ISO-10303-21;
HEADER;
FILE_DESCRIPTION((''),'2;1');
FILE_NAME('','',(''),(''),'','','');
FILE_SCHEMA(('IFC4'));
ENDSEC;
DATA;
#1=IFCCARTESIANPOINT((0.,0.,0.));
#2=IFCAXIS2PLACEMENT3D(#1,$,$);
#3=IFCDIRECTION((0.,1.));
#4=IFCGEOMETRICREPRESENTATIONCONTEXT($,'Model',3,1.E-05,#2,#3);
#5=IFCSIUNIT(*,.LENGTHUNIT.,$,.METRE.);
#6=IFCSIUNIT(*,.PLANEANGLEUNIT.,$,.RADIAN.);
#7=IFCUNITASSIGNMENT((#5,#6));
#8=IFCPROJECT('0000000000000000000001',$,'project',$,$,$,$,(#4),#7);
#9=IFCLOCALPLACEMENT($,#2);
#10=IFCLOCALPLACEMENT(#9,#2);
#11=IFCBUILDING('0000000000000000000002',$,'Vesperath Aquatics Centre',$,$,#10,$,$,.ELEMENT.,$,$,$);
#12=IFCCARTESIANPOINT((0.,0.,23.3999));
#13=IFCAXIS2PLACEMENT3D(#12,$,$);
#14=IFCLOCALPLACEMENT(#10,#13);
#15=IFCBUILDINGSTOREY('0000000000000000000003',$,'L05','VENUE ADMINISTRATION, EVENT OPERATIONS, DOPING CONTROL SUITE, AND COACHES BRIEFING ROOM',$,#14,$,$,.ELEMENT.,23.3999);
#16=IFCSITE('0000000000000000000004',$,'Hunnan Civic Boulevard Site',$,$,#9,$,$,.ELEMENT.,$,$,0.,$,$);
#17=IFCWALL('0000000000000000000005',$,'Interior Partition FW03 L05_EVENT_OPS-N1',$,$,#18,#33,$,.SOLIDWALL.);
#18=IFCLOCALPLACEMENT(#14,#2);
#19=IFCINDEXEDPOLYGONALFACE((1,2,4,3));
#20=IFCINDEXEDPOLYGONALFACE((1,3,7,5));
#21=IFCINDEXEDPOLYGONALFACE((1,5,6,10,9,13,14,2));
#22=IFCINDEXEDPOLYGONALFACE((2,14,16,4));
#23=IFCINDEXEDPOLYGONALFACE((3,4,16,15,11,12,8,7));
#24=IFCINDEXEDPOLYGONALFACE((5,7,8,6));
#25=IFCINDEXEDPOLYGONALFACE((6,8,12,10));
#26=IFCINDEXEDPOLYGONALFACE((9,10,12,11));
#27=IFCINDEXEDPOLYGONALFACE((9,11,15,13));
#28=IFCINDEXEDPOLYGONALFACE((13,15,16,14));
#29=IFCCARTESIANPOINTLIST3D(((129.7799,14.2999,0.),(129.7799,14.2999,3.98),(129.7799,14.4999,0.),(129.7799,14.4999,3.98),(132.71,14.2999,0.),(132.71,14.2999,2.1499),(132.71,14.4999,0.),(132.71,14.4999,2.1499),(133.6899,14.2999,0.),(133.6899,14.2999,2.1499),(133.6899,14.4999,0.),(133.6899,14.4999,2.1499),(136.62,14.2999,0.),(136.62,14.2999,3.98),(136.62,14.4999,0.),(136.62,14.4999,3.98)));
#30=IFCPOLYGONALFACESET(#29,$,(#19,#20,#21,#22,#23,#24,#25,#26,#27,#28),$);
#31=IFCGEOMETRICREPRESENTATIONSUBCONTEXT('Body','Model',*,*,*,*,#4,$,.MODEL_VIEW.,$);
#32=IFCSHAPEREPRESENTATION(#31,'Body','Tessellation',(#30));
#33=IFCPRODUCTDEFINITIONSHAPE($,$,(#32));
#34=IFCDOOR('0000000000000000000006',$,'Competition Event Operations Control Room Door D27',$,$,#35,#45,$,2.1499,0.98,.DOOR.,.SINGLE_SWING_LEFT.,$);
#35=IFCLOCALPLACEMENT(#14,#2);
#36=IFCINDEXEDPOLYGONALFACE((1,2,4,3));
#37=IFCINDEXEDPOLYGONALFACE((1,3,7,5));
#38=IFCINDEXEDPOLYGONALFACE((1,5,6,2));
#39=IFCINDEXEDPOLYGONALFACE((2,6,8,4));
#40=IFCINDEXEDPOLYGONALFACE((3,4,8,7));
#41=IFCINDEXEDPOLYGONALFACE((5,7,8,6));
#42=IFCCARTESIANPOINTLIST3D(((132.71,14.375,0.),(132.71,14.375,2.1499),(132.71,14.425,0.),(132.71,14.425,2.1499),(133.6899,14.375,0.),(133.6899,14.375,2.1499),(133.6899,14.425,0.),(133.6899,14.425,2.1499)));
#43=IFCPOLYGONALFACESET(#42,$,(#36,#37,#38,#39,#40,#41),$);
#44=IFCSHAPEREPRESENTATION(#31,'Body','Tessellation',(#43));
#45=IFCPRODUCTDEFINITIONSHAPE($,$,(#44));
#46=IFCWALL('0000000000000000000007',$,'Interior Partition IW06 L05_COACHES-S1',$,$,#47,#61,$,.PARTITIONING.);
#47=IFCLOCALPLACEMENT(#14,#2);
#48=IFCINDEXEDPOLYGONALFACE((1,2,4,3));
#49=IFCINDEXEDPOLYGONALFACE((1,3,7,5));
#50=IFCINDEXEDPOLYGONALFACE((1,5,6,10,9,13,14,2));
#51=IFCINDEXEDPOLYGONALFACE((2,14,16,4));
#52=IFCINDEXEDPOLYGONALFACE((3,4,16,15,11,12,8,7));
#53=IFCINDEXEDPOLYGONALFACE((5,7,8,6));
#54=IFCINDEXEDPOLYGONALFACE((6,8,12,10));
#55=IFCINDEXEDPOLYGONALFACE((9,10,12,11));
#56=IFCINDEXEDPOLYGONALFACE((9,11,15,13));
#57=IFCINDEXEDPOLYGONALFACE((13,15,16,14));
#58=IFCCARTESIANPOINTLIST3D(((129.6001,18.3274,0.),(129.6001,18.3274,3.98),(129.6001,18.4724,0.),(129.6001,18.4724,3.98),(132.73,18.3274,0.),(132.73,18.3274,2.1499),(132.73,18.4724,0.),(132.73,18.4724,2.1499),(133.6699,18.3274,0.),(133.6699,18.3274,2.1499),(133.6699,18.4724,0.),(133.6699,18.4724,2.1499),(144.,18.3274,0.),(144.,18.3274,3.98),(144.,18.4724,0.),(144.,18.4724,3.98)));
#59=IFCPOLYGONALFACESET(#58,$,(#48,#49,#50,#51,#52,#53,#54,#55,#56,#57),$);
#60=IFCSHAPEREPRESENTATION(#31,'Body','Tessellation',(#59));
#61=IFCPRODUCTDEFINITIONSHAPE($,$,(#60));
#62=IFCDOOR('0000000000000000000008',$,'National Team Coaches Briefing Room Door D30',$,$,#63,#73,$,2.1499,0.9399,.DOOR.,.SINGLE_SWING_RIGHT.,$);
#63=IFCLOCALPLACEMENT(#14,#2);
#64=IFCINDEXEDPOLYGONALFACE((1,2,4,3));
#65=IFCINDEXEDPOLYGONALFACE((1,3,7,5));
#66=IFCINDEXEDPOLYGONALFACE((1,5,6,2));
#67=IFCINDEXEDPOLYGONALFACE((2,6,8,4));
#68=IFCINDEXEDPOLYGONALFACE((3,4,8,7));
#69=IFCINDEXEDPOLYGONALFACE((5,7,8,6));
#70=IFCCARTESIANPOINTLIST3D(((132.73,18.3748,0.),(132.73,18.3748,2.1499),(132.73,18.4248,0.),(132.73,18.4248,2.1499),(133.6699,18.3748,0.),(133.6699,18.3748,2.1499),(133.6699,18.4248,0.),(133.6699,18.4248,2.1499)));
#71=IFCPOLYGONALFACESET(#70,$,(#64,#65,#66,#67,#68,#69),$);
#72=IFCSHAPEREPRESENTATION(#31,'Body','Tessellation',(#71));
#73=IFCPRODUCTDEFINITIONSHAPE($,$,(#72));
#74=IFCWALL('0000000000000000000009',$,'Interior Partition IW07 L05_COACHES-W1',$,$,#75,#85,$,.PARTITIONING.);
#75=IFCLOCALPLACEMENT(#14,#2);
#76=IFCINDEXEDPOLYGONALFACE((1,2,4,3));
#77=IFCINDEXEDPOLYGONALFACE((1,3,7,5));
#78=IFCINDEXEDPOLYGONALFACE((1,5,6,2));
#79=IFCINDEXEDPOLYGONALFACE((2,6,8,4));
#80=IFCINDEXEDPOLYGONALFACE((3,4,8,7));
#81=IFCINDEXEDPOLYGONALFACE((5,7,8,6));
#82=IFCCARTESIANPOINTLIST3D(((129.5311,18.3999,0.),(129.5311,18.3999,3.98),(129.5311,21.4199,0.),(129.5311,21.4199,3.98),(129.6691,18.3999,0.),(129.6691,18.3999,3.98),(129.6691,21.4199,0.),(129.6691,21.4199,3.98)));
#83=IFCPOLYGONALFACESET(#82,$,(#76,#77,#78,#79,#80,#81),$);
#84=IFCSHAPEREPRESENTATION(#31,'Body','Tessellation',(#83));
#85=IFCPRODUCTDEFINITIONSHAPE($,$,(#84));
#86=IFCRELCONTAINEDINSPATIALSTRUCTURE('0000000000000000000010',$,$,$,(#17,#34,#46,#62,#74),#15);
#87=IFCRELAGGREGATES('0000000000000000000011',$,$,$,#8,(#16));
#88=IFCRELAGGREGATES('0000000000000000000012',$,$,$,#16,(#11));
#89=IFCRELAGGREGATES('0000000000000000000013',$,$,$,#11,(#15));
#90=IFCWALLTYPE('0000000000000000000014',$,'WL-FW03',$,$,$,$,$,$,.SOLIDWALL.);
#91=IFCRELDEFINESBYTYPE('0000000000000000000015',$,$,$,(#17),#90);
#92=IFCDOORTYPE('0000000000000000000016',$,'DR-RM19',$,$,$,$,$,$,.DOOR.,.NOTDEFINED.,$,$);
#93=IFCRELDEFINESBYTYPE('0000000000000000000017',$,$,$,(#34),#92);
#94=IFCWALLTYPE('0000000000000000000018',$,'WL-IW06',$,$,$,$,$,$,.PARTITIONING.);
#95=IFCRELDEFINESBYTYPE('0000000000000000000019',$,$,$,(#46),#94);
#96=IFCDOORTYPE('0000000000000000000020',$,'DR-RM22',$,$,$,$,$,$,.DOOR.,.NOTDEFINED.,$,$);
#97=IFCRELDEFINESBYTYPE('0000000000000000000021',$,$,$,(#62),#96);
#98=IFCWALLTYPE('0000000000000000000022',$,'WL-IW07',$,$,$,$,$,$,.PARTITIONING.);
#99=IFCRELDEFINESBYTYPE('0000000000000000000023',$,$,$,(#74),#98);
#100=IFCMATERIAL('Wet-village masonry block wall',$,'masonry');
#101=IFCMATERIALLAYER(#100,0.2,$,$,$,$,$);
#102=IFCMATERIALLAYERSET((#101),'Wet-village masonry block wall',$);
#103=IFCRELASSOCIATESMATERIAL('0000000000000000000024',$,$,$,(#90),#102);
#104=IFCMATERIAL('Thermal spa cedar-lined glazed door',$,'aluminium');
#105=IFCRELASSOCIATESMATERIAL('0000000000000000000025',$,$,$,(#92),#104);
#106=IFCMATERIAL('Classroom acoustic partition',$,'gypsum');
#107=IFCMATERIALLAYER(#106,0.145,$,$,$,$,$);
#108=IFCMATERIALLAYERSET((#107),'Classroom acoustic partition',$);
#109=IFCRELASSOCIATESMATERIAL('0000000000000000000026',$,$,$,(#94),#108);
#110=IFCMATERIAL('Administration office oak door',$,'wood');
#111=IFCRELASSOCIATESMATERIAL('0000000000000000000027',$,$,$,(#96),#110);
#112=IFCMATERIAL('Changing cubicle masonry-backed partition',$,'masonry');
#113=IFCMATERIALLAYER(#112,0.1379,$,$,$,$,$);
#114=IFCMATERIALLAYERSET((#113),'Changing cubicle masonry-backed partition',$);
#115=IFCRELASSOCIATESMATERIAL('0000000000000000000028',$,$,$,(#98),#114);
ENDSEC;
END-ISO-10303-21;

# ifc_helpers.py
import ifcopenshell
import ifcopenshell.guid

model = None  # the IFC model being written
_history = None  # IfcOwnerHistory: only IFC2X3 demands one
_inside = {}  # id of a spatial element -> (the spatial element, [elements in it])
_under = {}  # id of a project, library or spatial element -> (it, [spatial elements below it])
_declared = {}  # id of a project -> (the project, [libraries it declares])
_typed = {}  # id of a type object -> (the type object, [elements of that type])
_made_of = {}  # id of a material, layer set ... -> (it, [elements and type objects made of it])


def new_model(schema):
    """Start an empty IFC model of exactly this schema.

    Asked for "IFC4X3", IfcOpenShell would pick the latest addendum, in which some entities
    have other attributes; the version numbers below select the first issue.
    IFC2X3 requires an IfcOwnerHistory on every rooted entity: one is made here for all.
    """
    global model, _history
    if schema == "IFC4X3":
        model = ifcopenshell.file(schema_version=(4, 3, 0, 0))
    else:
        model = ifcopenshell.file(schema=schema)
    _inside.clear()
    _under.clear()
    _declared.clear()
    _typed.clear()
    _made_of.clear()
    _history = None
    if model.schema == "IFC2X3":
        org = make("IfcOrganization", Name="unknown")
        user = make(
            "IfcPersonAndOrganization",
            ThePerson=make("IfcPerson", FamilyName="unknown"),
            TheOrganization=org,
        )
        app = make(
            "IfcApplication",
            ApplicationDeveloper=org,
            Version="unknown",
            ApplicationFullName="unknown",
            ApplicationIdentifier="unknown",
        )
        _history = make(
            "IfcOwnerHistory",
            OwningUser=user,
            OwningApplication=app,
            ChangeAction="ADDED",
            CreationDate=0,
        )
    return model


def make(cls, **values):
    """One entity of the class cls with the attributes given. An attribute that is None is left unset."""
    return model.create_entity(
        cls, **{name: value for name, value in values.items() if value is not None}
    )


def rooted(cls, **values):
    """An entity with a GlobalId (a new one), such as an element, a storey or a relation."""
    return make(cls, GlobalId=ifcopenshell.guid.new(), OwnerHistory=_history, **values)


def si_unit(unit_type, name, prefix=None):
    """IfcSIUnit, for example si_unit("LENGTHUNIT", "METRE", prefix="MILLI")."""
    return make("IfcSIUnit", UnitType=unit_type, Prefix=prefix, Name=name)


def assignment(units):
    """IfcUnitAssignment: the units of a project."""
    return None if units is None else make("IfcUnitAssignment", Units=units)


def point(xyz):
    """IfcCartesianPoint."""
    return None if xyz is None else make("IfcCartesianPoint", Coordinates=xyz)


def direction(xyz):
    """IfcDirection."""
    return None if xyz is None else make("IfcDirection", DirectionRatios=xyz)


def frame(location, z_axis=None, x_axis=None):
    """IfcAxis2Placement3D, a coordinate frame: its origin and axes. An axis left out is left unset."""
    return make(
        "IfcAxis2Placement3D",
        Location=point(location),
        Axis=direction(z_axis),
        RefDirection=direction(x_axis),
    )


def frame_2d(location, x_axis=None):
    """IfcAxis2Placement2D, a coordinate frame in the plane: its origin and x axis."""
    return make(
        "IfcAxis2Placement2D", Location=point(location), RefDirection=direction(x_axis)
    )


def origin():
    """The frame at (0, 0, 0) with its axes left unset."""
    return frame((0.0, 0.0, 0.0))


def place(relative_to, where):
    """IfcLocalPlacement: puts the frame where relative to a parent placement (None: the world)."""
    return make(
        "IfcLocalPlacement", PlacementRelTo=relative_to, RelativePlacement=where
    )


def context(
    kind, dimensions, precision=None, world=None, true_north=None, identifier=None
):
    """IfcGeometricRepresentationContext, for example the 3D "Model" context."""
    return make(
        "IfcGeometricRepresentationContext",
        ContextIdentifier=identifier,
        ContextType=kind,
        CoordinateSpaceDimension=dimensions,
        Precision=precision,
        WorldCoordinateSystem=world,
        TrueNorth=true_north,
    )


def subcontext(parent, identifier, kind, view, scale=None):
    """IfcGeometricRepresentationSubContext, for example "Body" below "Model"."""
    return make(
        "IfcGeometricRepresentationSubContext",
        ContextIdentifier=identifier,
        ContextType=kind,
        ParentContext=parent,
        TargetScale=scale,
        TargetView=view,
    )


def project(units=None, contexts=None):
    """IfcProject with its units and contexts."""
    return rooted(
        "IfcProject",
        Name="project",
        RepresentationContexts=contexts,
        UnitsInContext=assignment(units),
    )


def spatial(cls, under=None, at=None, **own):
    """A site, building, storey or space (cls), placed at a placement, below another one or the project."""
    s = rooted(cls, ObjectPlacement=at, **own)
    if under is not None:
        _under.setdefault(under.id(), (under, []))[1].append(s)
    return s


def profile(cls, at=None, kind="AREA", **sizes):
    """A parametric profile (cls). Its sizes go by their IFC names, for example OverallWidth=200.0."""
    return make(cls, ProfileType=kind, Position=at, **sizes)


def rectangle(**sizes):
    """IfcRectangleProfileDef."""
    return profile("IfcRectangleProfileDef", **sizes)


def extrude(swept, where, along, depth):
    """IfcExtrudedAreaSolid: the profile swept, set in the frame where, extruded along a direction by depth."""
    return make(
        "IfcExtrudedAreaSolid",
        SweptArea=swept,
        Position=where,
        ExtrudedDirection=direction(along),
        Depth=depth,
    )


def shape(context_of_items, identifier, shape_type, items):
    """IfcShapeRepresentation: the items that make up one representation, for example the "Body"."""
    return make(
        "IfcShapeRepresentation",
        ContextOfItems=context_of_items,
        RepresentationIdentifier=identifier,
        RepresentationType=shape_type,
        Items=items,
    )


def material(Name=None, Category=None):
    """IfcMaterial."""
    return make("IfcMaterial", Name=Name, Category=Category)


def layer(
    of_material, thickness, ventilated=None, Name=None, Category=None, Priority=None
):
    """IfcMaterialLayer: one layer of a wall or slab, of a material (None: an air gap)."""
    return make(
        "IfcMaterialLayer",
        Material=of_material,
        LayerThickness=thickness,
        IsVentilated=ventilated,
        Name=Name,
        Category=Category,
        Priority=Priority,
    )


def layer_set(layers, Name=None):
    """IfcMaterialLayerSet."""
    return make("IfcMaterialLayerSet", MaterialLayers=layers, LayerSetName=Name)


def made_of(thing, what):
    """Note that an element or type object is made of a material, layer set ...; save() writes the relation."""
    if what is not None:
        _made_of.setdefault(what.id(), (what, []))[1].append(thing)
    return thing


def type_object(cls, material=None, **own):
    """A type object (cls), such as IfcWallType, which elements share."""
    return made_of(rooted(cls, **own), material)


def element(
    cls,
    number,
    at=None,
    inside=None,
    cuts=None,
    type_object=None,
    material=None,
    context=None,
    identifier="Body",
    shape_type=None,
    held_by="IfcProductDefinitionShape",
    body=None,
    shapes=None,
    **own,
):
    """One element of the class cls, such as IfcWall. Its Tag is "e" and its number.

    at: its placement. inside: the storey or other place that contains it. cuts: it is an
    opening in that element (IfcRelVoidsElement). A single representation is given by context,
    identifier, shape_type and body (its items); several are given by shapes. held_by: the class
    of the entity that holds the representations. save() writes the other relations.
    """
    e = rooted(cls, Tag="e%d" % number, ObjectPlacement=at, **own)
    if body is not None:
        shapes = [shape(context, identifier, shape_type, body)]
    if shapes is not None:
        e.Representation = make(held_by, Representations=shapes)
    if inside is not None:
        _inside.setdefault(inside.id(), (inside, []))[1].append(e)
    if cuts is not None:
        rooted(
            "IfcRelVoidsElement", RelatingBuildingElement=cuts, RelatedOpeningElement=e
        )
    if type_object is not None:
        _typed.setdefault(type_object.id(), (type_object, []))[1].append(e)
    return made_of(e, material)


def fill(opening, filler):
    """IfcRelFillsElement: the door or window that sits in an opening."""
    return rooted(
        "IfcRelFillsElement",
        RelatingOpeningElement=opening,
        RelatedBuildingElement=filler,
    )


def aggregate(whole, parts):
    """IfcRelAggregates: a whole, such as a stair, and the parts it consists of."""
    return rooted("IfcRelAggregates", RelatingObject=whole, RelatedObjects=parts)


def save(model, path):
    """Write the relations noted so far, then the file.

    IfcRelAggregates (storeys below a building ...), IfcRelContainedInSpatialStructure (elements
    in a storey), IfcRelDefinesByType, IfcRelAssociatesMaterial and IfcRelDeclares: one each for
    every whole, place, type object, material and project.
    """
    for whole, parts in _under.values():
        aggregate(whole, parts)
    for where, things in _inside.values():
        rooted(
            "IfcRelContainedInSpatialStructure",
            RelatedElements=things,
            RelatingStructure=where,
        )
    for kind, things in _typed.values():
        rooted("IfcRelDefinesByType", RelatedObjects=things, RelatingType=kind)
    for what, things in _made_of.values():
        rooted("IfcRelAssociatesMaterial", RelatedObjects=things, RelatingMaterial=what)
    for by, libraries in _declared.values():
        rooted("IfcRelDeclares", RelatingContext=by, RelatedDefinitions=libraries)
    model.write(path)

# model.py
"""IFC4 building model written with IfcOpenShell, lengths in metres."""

from ifc_helpers import new_model, si_unit, direction, frame, frame_2d, origin, place, context, subcontext, project, spatial, rectangle, extrude, material, layer, layer_set, type_object, element, fill, save


model = new_model("IFC4")

# Units and contexts
model_context = context("Model", 3, precision=1e-05, world=origin(), true_north=direction((0.0, 1.0)))
body_context = subcontext(model_context, "Body", "Model", "MODEL_VIEW")
ifc_project = project(units=[si_unit("LENGTHUNIT", "METRE"), si_unit("PLANEANGLEUNIT", "RADIAN")], contexts=[model_context])

# Site, building, storey
site_placement = place(None, origin())
site = spatial("IfcSite", under=ifc_project, at=site_placement, Name="Hunnan Civic Boulevard Site", CompositionType="ELEMENT", RefElevation=0.0)
building_placement = place(site_placement, origin())
building = spatial("IfcBuilding", under=site, at=building_placement, Name="Vesperath Aquatics Centre", CompositionType="ELEMENT")
storey_placement = place(building_placement, frame((0.0, 0.0, 23.3999)))
storey = spatial("IfcBuildingStorey", under=building, at=storey_placement, Name="L05", Description="VENUE ADMINISTRATION, EVENT OPERATIONS, DOPING CONTROL SUITE, AND COACHES BRIEFING ROOM", CompositionType="ELEMENT", Elevation=23.3999)

# Walls, openings, doors
ifc_material_1 = material(Name="Wet-village masonry block wall", Category="masonry")
ifc_layer_1 = layer(ifc_material_1, 0.2)
ifc_layer_set_1 = layer_set([ifc_layer_1], Name="Wet-village masonry block wall")
wall_type_1 = type_object("IfcWallType", Name="WL-FW03", PredefinedType="SOLIDWALL", material=ifc_layer_set_1)
wall_1_placement = place(storey_placement, frame((129.78, 14.3999, 0.0), z_axis=(0.0, 0.0, 1.0), x_axis=(1.0, 0.0, 0.0)))
wall_1 = element("IfcWall", 1, at=wall_1_placement, inside=storey, type_object=wall_type_1, Name="Interior Partition FW03 L05_EVENT_OPS-N1", PredefinedType="SOLIDWALL", context=body_context, shape_type="SweptSolid", body=[
    extrude(rectangle(XDim=6.8401, YDim=0.2, at=frame_2d((3.4199, 0.0))), origin(), (0.0, 0.0, 1.0), 3.98),
])
opening_1_placement = place(wall_1_placement, frame((2.9299, 0.0, 0.0)))
opening_1 = element("IfcOpeningElement", 2, at=opening_1_placement, cuts=wall_1, PredefinedType="OPENING", context=body_context, shape_type="SweptSolid", body=[
    extrude(rectangle(XDim=0.98, YDim=2.1499, at=frame_2d((0.49, 1.075))), frame((0.0, 0.1147, 0.0), z_axis=(0.0, -1.0, 0.0), x_axis=(1.0, 0.0, 0.0)), (0.0, 0.0, 1.0), 0.2297),
])
ifc_material_2 = material(Name="Thermal spa cedar-lined glazed door", Category="aluminium")
door_type_1 = type_object("IfcDoorType", Name="DR-RM19", OperationType="NOTDEFINED", PredefinedType="DOOR", material=ifc_material_2)
door_1_placement = place(opening_1_placement, frame((0.98, 0.0, 0.0), z_axis=(0.0, 0.0, 1.0), x_axis=(-1.0, 0.0, 0.0)))
door_1 = element("IfcDoor", 3, at=door_1_placement, inside=storey, type_object=door_type_1, Name="Competition Event Operations Control Room Door D27", OperationType="SINGLE_SWING_LEFT", OverallHeight=2.1499, OverallWidth=0.98, PredefinedType="DOOR", context=body_context, shape_type="SweptSolid", body=[
    extrude(rectangle(XDim=0.98, YDim=2.1499, at=frame_2d((0.49, 1.075))), frame((0.0, 0.0249, 0.0), z_axis=(0.0, -1.0, 0.0), x_axis=(1.0, 0.0, 0.0)), (0.0, 0.0, 1.0), 0.05),
])
fill(opening_1, door_1)
ifc_material_3 = material(Name="Classroom acoustic partition", Category="gypsum")
ifc_layer_2 = layer(ifc_material_3, 0.145)
ifc_layer_set_2 = layer_set([ifc_layer_2], Name="Classroom acoustic partition")
wall_type_2 = type_object("IfcWallType", Name="WL-IW06", PredefinedType="PARTITIONING", material=ifc_layer_set_2)
wall_2_placement = place(storey_placement, frame((129.6001, 18.3999, 0.0), z_axis=(0.0, 0.0, 1.0), x_axis=(1.0, 0.0, 0.0)))
wall_2 = element("IfcWall", 4, at=wall_2_placement, inside=storey, type_object=wall_type_2, Name="Interior Partition IW06 L05_COACHES-S1", PredefinedType="PARTITIONING", context=body_context, shape_type="SweptSolid", body=[
    extrude(rectangle(XDim=14.3999, YDim=0.145, at=frame_2d((7.2, 0.0))), origin(), (0.0, 0.0, 1.0), 3.98),
])
opening_2_placement = place(wall_2_placement, frame((3.1299, 0.0, 0.0)))
opening_2 = element("IfcOpeningElement", 5, at=opening_2_placement, cuts=wall_2, PredefinedType="OPENING", context=body_context, shape_type="SweptSolid", body=[
    extrude(rectangle(XDim=0.9399, YDim=2.1499, at=frame_2d((0.47, 1.075))), frame((0.0, 0.0874, 0.0), z_axis=(0.0, -1.0, 0.0), x_axis=(1.0, 0.0, 0.0)), (0.0, 0.0, 1.0), 0.1748),
])
ifc_material_4 = material(Name="Administration office oak door", Category="wood")
door_type_2 = type_object("IfcDoorType", Name="DR-RM22", OperationType="NOTDEFINED", PredefinedType="DOOR", material=ifc_material_4)
door_2_placement = place(opening_2_placement, origin())
door_2 = element("IfcDoor", 6, at=door_2_placement, inside=storey, type_object=door_type_2, Name="National Team Coaches Briefing Room Door D30", OperationType="SINGLE_SWING_RIGHT", OverallHeight=2.1499, OverallWidth=0.9399, PredefinedType="DOOR", context=body_context, shape_type="SweptSolid", body=[
    extrude(rectangle(XDim=0.9399, YDim=2.1499, at=frame_2d((0.47, 1.075))), frame((0.0, 0.0249, 0.0), z_axis=(0.0, -1.0, 0.0), x_axis=(1.0, 0.0, 0.0)), (0.0, 0.0, 1.0), 0.05),
])
fill(opening_2, door_2)

# Wall
ifc_material_5 = material(Name="Changing cubicle masonry-backed partition", Category="masonry")
ifc_layer_3 = layer(ifc_material_5, 0.1379)
ifc_layer_set_3 = layer_set([ifc_layer_3], Name="Changing cubicle masonry-backed partition")
wall_type_3 = type_object("IfcWallType", Name="WL-IW07", PredefinedType="PARTITIONING", material=ifc_layer_set_3)
wall_3_placement = place(storey_placement, frame((129.6001, 18.3999, 0.0), z_axis=(0.0, 0.0, 1.0), x_axis=(0.0, 1.0, 0.0)))
element("IfcWall", 7, at=wall_3_placement, inside=storey, type_object=wall_type_3, Name="Interior Partition IW07 L05_COACHES-W1", PredefinedType="PARTITIONING", context=body_context, shape_type="SweptSolid", body=[
    extrude(rectangle(XDim=3.02, YDim=0.1379, at=frame_2d((1.51, 0.0))), origin(), (0.0, 0.0, 1.0), 3.98),
])

save(model, "model.ifc")
